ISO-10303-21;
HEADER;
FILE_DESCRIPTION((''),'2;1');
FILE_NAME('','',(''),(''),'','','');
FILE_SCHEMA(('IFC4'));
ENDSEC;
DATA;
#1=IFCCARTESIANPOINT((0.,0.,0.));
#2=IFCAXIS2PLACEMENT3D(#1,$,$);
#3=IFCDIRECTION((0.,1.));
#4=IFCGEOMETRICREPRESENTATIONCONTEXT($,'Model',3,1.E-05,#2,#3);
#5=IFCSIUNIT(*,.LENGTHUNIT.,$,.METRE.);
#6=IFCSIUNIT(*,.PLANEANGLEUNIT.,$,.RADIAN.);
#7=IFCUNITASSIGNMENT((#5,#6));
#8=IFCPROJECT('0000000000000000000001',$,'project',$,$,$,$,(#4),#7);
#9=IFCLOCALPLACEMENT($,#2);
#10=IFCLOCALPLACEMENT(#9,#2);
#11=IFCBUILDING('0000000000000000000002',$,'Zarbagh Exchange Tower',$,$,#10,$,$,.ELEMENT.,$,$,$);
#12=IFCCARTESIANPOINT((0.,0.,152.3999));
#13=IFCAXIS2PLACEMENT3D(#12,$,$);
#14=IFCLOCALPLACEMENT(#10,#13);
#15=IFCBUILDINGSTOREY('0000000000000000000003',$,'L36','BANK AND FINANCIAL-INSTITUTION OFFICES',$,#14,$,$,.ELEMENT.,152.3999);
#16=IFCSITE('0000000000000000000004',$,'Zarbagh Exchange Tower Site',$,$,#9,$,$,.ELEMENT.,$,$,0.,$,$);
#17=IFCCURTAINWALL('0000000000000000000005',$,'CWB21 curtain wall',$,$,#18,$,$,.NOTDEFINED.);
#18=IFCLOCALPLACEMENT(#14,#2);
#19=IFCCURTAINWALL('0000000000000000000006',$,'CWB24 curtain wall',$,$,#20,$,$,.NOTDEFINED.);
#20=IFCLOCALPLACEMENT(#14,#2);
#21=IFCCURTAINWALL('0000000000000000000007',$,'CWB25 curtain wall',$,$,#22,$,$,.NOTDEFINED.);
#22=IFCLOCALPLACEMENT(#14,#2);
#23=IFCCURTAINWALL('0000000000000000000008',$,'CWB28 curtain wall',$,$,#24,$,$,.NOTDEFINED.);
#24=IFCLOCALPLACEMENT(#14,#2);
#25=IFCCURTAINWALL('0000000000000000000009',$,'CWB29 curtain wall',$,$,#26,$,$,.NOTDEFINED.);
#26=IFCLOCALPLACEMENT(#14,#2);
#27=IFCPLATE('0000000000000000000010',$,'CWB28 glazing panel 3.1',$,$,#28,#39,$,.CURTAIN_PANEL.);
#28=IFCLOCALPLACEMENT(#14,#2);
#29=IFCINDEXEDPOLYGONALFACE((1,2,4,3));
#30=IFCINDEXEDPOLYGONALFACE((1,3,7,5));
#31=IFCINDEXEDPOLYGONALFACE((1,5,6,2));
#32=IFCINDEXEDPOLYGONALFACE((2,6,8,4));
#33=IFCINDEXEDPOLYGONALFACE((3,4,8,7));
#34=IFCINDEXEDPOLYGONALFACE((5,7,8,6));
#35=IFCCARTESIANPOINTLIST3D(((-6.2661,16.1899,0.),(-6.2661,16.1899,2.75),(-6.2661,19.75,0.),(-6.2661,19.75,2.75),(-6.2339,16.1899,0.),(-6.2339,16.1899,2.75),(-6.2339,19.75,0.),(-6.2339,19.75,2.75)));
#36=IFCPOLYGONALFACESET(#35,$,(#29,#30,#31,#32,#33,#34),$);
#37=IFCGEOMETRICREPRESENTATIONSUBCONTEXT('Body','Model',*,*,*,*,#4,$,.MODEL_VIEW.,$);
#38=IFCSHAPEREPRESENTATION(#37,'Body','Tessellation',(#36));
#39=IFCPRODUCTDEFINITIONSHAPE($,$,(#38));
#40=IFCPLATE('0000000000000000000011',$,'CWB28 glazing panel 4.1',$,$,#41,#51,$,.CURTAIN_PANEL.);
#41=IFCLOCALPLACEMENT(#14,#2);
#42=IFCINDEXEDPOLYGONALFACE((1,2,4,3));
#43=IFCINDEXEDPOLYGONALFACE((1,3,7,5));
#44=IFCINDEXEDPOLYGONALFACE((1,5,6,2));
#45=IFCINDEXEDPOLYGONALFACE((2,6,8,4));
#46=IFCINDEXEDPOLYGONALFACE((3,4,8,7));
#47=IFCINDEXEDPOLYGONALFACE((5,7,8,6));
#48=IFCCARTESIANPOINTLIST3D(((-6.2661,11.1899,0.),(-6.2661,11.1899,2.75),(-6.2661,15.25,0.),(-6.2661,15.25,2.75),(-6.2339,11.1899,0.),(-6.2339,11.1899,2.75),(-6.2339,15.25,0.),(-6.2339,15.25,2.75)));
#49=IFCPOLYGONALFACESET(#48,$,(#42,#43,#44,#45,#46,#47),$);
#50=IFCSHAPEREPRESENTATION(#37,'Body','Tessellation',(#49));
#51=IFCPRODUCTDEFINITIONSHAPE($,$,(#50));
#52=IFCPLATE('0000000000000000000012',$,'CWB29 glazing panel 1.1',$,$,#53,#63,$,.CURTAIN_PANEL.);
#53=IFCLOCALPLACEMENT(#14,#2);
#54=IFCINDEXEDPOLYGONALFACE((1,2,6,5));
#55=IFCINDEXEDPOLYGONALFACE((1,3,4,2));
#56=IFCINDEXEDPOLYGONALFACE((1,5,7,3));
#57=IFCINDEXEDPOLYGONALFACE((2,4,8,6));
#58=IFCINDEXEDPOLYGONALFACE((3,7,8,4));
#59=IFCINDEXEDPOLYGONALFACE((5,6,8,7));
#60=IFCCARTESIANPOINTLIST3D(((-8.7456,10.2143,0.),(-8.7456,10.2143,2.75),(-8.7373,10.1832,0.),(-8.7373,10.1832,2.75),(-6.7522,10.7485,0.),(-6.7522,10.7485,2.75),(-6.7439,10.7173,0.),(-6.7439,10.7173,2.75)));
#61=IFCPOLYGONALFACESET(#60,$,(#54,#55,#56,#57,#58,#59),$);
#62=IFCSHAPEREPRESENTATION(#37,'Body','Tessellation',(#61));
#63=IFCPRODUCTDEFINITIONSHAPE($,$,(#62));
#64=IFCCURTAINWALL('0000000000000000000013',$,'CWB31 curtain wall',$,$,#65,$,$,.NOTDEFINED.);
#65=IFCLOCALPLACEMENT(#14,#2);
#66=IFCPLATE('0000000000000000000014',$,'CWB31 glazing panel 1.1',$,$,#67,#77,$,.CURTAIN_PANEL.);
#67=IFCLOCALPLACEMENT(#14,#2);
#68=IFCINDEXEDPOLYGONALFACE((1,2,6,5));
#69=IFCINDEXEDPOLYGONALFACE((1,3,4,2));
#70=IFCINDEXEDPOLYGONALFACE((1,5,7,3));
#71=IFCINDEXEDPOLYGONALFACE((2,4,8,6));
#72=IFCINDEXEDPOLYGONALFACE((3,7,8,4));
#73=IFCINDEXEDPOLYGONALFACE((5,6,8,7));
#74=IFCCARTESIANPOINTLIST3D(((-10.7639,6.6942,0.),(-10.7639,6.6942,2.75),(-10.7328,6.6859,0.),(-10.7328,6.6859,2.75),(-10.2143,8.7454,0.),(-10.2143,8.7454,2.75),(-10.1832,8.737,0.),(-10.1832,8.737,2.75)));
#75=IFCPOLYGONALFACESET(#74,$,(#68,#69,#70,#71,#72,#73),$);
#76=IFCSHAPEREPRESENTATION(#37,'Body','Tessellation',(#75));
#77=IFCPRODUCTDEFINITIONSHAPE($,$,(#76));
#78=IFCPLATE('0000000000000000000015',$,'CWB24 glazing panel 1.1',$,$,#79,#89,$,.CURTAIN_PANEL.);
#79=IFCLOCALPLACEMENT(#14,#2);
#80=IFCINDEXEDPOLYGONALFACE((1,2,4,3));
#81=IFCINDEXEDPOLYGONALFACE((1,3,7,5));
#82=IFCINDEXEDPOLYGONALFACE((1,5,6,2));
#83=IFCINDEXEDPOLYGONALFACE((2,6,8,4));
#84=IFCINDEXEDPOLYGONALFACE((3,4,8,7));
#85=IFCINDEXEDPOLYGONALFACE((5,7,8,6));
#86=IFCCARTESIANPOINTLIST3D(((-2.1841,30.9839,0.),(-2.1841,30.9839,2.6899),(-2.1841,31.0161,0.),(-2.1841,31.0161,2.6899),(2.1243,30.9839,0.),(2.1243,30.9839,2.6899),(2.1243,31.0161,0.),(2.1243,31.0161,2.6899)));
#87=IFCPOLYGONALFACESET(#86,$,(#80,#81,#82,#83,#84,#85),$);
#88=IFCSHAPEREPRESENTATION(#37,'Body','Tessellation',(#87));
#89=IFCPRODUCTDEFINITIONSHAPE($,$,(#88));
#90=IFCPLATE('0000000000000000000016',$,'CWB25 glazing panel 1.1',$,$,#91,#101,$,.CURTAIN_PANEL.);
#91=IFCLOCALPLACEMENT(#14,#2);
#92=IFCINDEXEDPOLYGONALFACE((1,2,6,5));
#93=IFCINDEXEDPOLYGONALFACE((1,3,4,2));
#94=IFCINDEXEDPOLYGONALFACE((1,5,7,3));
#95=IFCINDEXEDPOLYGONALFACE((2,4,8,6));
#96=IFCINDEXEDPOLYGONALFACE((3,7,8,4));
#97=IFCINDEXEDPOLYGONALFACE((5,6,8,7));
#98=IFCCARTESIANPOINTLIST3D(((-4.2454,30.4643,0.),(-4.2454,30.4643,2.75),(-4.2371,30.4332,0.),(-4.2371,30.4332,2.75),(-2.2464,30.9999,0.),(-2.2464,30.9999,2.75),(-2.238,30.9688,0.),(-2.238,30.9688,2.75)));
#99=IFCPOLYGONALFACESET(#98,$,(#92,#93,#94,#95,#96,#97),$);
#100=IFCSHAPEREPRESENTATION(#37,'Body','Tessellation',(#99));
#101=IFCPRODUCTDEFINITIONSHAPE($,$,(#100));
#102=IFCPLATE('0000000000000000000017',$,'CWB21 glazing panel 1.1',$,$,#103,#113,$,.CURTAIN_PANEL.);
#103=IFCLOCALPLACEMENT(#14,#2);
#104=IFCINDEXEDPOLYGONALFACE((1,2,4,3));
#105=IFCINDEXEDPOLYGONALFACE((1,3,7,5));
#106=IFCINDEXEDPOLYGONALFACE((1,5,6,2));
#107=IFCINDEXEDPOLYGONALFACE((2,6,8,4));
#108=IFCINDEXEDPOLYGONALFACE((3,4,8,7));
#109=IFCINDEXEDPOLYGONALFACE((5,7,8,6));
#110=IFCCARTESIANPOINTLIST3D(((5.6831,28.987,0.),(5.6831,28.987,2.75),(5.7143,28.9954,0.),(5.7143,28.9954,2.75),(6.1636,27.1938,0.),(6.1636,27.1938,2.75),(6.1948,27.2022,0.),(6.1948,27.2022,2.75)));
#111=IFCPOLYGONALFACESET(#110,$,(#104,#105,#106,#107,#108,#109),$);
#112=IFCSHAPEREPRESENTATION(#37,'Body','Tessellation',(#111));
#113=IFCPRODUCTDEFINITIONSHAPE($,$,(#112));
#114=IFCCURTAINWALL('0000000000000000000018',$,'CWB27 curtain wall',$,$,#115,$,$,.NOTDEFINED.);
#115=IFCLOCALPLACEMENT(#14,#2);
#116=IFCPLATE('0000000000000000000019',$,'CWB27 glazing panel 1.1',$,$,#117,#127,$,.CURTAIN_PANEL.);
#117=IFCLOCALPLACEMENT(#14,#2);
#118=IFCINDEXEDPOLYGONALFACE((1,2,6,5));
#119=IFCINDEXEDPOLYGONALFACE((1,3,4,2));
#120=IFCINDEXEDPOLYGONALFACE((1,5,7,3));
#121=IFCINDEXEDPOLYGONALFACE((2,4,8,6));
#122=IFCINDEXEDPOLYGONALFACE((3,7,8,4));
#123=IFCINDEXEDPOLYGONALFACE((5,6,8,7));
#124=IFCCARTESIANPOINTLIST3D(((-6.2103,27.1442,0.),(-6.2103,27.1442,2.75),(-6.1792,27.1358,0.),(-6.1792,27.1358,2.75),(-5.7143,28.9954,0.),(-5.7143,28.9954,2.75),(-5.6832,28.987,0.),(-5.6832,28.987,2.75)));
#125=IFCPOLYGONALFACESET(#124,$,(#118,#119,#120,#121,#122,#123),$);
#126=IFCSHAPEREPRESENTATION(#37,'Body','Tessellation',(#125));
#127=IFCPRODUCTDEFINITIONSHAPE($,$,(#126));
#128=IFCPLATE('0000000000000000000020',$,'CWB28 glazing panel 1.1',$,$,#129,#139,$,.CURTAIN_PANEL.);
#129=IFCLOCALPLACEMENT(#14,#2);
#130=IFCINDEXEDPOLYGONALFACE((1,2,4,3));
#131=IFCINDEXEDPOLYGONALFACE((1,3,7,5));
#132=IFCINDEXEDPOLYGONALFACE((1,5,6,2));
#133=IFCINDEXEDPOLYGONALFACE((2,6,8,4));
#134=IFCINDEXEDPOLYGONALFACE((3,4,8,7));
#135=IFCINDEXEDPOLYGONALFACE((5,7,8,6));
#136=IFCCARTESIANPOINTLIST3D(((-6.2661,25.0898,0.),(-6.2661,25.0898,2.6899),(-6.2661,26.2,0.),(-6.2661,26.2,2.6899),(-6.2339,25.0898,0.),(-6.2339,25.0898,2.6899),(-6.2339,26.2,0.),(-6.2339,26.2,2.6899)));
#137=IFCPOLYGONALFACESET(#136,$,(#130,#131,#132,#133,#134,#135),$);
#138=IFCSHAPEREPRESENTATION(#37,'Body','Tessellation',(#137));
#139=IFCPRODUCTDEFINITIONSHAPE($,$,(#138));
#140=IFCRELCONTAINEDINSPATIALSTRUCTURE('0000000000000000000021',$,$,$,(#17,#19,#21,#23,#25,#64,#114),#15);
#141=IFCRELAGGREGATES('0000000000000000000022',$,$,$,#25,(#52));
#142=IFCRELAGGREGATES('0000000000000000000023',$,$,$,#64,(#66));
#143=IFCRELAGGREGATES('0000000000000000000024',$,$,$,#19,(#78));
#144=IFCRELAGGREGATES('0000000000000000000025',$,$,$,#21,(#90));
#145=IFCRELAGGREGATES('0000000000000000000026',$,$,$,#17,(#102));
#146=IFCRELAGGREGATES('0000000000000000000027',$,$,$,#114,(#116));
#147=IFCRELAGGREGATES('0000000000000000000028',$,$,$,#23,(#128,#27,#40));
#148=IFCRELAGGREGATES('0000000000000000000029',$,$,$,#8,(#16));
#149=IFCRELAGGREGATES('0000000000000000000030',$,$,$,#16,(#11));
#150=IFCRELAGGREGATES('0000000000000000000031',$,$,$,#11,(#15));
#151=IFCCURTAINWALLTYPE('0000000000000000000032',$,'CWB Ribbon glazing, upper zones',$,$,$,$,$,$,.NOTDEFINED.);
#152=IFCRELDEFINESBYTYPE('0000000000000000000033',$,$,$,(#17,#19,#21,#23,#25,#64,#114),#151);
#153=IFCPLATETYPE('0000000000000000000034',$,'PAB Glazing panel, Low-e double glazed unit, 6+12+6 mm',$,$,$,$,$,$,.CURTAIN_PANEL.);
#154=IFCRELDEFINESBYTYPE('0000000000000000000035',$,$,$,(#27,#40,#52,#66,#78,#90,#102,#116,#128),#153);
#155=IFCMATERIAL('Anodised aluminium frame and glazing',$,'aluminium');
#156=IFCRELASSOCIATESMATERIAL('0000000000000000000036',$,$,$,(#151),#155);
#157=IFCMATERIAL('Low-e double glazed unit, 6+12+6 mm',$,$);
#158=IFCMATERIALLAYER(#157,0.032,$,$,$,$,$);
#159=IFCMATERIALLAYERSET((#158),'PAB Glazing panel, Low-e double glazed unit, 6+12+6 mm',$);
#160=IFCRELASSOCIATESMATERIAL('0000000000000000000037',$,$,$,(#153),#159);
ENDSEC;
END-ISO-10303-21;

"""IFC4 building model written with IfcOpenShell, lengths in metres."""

from ifc_helpers import new_model, si_unit, direction, frame, origin, place, context, subcontext, project, spatial, polyline, outline, extrude, source, transform, mapped, material, layer, layer_set, type_object, element, aggregate, save


model = new_model("IFC4")

# Units and contexts
model_context = context("Model", 3, precision=1e-05, world=origin(), true_north=direction((0.0, 1.0)))
body_context = subcontext(model_context, "Body", "Model", "MODEL_VIEW")
ifc_project = project(units=[si_unit("LENGTHUNIT", "METRE"), si_unit("PLANEANGLEUNIT", "RADIAN")], contexts=[model_context])

# Site, building, storey
site_placement = place(None, origin())
site = spatial("IfcSite", under=ifc_project, at=site_placement, Name="Zarbagh Exchange Tower Site", CompositionType="ELEMENT", RefElevation=0.0)
building_placement = place(site_placement, origin())
building = spatial("IfcBuilding", under=site, at=building_placement, Name="Zarbagh Exchange Tower", CompositionType="ELEMENT")
storey_placement = place(building_placement, frame((0.0, 0.0, 152.3999)))
storey = spatial("IfcBuildingStorey", under=building, at=storey_placement, Name="L36", Description="BANK AND FINANCIAL-INSTITUTION OFFICES", CompositionType="ELEMENT", Elevation=152.3999)

# Curtain walls
ifc_material_1 = material(Name="Anodised aluminium frame and glazing", Category="aluminium")
curtain_wall_type = type_object("IfcCurtainWallType", Name="CWB Ribbon glazing, upper zones", PredefinedType="NOTDEFINED", material=ifc_material_1)
curtain_wall_1_placement = place(storey_placement, origin())
curtain_wall_1 = element("IfcCurtainWall", 1, at=curtain_wall_1_placement, inside=storey, type_object=curtain_wall_type, Name="CWB21 curtain wall", PredefinedType="NOTDEFINED")
placement = place(storey_placement, origin())
curtain_wall_2_placement = place(storey_placement, origin())
curtain_wall_2 = element("IfcCurtainWall", 2, at=curtain_wall_2_placement, inside=storey, type_object=curtain_wall_type, Name="CWB24 curtain wall", PredefinedType="NOTDEFINED")
curtain_wall_3_placement = place(storey_placement, origin())
curtain_wall_3 = element("IfcCurtainWall", 3, at=curtain_wall_3_placement, inside=storey, type_object=curtain_wall_type, Name="CWB25 curtain wall", PredefinedType="NOTDEFINED")

# Curtain wall
curtain_wall_4_placement = place(storey_placement, origin())
curtain_wall_4 = element("IfcCurtainWall", 4, at=curtain_wall_4_placement, inside=storey, type_object=curtain_wall_type, Name="CWB28 curtain wall", PredefinedType="NOTDEFINED")

# Curtain wall
curtain_wall_5_placement = place(storey_placement, origin())
curtain_wall_5 = element("IfcCurtainWall", 5, at=curtain_wall_5_placement, inside=storey, type_object=curtain_wall_type, Name="CWB29 curtain wall", PredefinedType="NOTDEFINED")

# Shared definitions
ifc_material_2 = material(Name="Low-e double glazed unit, 6+12+6 mm")
ifc_layer = layer(ifc_material_2, 0.032)
ifc_layer_set = layer_set([ifc_layer], Name="PAB Glazing panel, Low-e double glazed unit, 6+12+6 mm")
plate_type = type_object("IfcPlateType", Name="PAB Glazing panel, Low-e double glazed unit, 6+12+6 mm", PredefinedType="CURTAIN_PANEL", material=ifc_layer_set)

# Plates
shared_shape_1 = source(origin(), body_context, "Body", "SweptSolid", [
    extrude(outline(polyline([(0.0, -0.0161), (3.5601, -0.0161), (3.5601, 0.0161), (0.0, 0.0161), (0.0, -0.0161)])), origin(), (0.0, 0.0, 1.0), 2.75),
])
plate_1 = element("IfcPlate", 6, at=placement, type_object=plate_type, Name="CWB28 glazing panel 3.1", PredefinedType="CURTAIN_PANEL", context=body_context, shape_type="MappedRepresentation", body=[
    mapped(shared_shape_1, transform((-6.25, 19.75, 0.0), x_axis=(0.0, -1.0, 0.0), y_axis=(1.0, 0.0, 0.0), z_axis=(0.0, 0.0, 1.0))),
])
shared_shape_2 = source(origin(), body_context, "Body", "SweptSolid", [
    extrude(outline(polyline([(0.0, -0.0161), (4.0601, -0.0161), (4.0601, 0.0161), (0.0, 0.0161), (0.0, -0.0161)])), origin(), (0.0, 0.0, 1.0), 2.75),
])
plate_2 = element("IfcPlate", 7, at=placement, type_object=plate_type, Name="CWB28 glazing panel 4.1", PredefinedType="CURTAIN_PANEL", context=body_context, shape_type="MappedRepresentation", body=[
    mapped(shared_shape_2, transform((-6.25, 15.25, 0.0), x_axis=(0.0, -1.0, 0.0), y_axis=(1.0, 0.0, 0.0), z_axis=(0.0, 0.0, 1.0))),
])
shared_shape_3 = source(origin(), body_context, "Body", "SweptSolid", [
    extrude(outline(polyline([(0.0, -0.0161), (2.0637, -0.0161), (2.0637, 0.0161), (0.0, 0.0161), (0.0, -0.0161)])), origin(), (0.0, 0.0, 1.0), 2.75),
])
plate_3 = element("IfcPlate", 8, at=placement, type_object=plate_type, Name="CWB29 glazing panel 1.1", PredefinedType="CURTAIN_PANEL", context=body_context, shape_type="MappedRepresentation", body=[
    mapped(shared_shape_3, transform((-6.748, 10.7329, 0.0), x_axis=(-0.965924, -0.258825, 0.0), y_axis=(0.258825, -0.965924, 0.0), z_axis=(0.0, 0.0, 1.0))),
])
aggregate(curtain_wall_5, [plate_3])

# Curtain wall, plate
curtain_wall_6_placement = place(storey_placement, origin())
curtain_wall_6 = element("IfcCurtainWall", 9, at=curtain_wall_6_placement, inside=storey, type_object=curtain_wall_type, Name="CWB31 curtain wall", PredefinedType="NOTDEFINED")
shared_shape_4 = source(origin(), body_context, "Body", "SweptSolid", [
    extrude(outline(polyline([(0.0, -0.0161), (2.1235, -0.0161), (2.1235, 0.0161), (0.0, 0.0161), (0.0, -0.0161)])), origin(), (0.0, 0.0, 1.0), 2.75),
])
plate_4 = element("IfcPlate", 10, at=placement, type_object=plate_type, Name="CWB31 glazing panel 1.1", PredefinedType="CURTAIN_PANEL", context=body_context, shape_type="MappedRepresentation", body=[
    mapped(shared_shape_4, transform((-10.1987, 8.7412, 0.0), x_axis=(-0.258825, -0.965924, 0.0), y_axis=(0.965924, -0.258825, 0.0), z_axis=(0.0, 0.0, 1.0))),
])
aggregate(curtain_wall_6, [plate_4])

# Plates
shared_shape_5 = source(origin(), body_context, "Body", "SweptSolid", [
    extrude(outline(polyline([(0.0, -0.0161), (4.3083, -0.0161), (4.3083, 0.0161), (0.0, 0.0161), (0.0, -0.0161)])), origin(), (0.0, 0.0, 1.0), 2.6899),
])
plate_5 = element("IfcPlate", 11, at=placement, type_object=plate_type, Name="CWB24 glazing panel 1.1", PredefinedType="CURTAIN_PANEL", context=body_context, shape_type="MappedRepresentation", body=[
    mapped(shared_shape_5, transform((2.1243, 31.0, 0.0), x_axis=(-1.0, 0.0, 0.0), y_axis=(0.0, -1.0, 0.0), z_axis=(0.0, 0.0, 1.0))),
])
aggregate(curtain_wall_2, [plate_5])
shared_shape_6 = source(origin(), body_context, "Body", "SweptSolid", [
    extrude(outline(polyline([(0.0, -0.0161), (2.0696, -0.0161), (2.0696, 0.0161), (0.0, 0.0161), (0.0, -0.0161)])), origin(), (0.0, 0.0, 1.0), 2.75),
])
plate_6 = element("IfcPlate", 12, at=placement, type_object=plate_type, Name="CWB25 glazing panel 1.1", PredefinedType="CURTAIN_PANEL", context=body_context, shape_type="MappedRepresentation", body=[
    mapped(shared_shape_6, transform((-2.2422, 30.9844, 0.0), x_axis=(-0.965924, -0.258825, 0.0), y_axis=(0.258825, -0.965924, 0.0), z_axis=(0.0, 0.0, 1.0))),
])
aggregate(curtain_wall_3, [plate_6])
shared_shape_7 = source(origin(), body_context, "Body", "SweptSolid", [
    extrude(outline(polyline([(0.0, -0.0161), (1.8564, -0.0161), (1.8564, 0.0161), (0.0, 0.0161), (0.0, -0.0161)])), origin(), (0.0, 0.0, 1.0), 2.75),
])
plate_7 = element("IfcPlate", 13, at=placement, type_object=plate_type, Name="CWB21 glazing panel 1.1", PredefinedType="CURTAIN_PANEL", context=body_context, shape_type="MappedRepresentation", body=[
    mapped(shared_shape_7, transform((6.1792, 27.198, 0.0), x_axis=(-0.258825, 0.965924, 0.0), y_axis=(-0.965924, -0.258825, 0.0), z_axis=(0.0, 0.0, 1.0))),
])
aggregate(curtain_wall_1, [plate_7])

# Curtain wall, plate
curtain_wall_7_placement = place(storey_placement, origin())
curtain_wall_7 = element("IfcCurtainWall", 14, at=curtain_wall_7_placement, inside=storey, type_object=curtain_wall_type, Name="CWB27 curtain wall", PredefinedType="NOTDEFINED")
shared_shape_8 = source(origin(), body_context, "Body", "SweptSolid", [
    extrude(outline(polyline([(0.0, -0.0161), (1.9165, -0.0161), (1.9165, 0.0161), (0.0, 0.0161), (0.0, -0.0161)])), origin(), (0.0, 0.0, 1.0), 2.75),
])
plate_8 = element("IfcPlate", 15, at=placement, type_object=plate_type, Name="CWB27 glazing panel 1.1", PredefinedType="CURTAIN_PANEL", context=body_context, shape_type="MappedRepresentation", body=[
    mapped(shared_shape_8, transform((-5.6987, 28.9912, 0.0), x_axis=(-0.258825, -0.965924, 0.0), y_axis=(0.965924, -0.258825, 0.0), z_axis=(0.0, 0.0, 1.0))),
])
aggregate(curtain_wall_7, [plate_8])

# Plate
shared_shape_9 = source(origin(), body_context, "Body", "SweptSolid", [
    extrude(outline(polyline([(0.0, -0.0161), (1.1101, -0.0161), (1.1101, 0.0161), (0.0, 0.0161), (0.0, -0.0161)])), origin(), (0.0, 0.0, 1.0), 2.6899),
])
plate_9 = element("IfcPlate", 16, at=placement, type_object=plate_type, Name="CWB28 glazing panel 1.1", PredefinedType="CURTAIN_PANEL", context=body_context, shape_type="MappedRepresentation", body=[
    mapped(shared_shape_9, transform((-6.25, 26.2, 0.0), x_axis=(0.0, -1.0, 0.0), y_axis=(1.0, 0.0, 0.0), z_axis=(0.0, 0.0, 1.0))),
])
aggregate(curtain_wall_4, [plate_9, plate_1, plate_2])

save(model, "model.ifc")
